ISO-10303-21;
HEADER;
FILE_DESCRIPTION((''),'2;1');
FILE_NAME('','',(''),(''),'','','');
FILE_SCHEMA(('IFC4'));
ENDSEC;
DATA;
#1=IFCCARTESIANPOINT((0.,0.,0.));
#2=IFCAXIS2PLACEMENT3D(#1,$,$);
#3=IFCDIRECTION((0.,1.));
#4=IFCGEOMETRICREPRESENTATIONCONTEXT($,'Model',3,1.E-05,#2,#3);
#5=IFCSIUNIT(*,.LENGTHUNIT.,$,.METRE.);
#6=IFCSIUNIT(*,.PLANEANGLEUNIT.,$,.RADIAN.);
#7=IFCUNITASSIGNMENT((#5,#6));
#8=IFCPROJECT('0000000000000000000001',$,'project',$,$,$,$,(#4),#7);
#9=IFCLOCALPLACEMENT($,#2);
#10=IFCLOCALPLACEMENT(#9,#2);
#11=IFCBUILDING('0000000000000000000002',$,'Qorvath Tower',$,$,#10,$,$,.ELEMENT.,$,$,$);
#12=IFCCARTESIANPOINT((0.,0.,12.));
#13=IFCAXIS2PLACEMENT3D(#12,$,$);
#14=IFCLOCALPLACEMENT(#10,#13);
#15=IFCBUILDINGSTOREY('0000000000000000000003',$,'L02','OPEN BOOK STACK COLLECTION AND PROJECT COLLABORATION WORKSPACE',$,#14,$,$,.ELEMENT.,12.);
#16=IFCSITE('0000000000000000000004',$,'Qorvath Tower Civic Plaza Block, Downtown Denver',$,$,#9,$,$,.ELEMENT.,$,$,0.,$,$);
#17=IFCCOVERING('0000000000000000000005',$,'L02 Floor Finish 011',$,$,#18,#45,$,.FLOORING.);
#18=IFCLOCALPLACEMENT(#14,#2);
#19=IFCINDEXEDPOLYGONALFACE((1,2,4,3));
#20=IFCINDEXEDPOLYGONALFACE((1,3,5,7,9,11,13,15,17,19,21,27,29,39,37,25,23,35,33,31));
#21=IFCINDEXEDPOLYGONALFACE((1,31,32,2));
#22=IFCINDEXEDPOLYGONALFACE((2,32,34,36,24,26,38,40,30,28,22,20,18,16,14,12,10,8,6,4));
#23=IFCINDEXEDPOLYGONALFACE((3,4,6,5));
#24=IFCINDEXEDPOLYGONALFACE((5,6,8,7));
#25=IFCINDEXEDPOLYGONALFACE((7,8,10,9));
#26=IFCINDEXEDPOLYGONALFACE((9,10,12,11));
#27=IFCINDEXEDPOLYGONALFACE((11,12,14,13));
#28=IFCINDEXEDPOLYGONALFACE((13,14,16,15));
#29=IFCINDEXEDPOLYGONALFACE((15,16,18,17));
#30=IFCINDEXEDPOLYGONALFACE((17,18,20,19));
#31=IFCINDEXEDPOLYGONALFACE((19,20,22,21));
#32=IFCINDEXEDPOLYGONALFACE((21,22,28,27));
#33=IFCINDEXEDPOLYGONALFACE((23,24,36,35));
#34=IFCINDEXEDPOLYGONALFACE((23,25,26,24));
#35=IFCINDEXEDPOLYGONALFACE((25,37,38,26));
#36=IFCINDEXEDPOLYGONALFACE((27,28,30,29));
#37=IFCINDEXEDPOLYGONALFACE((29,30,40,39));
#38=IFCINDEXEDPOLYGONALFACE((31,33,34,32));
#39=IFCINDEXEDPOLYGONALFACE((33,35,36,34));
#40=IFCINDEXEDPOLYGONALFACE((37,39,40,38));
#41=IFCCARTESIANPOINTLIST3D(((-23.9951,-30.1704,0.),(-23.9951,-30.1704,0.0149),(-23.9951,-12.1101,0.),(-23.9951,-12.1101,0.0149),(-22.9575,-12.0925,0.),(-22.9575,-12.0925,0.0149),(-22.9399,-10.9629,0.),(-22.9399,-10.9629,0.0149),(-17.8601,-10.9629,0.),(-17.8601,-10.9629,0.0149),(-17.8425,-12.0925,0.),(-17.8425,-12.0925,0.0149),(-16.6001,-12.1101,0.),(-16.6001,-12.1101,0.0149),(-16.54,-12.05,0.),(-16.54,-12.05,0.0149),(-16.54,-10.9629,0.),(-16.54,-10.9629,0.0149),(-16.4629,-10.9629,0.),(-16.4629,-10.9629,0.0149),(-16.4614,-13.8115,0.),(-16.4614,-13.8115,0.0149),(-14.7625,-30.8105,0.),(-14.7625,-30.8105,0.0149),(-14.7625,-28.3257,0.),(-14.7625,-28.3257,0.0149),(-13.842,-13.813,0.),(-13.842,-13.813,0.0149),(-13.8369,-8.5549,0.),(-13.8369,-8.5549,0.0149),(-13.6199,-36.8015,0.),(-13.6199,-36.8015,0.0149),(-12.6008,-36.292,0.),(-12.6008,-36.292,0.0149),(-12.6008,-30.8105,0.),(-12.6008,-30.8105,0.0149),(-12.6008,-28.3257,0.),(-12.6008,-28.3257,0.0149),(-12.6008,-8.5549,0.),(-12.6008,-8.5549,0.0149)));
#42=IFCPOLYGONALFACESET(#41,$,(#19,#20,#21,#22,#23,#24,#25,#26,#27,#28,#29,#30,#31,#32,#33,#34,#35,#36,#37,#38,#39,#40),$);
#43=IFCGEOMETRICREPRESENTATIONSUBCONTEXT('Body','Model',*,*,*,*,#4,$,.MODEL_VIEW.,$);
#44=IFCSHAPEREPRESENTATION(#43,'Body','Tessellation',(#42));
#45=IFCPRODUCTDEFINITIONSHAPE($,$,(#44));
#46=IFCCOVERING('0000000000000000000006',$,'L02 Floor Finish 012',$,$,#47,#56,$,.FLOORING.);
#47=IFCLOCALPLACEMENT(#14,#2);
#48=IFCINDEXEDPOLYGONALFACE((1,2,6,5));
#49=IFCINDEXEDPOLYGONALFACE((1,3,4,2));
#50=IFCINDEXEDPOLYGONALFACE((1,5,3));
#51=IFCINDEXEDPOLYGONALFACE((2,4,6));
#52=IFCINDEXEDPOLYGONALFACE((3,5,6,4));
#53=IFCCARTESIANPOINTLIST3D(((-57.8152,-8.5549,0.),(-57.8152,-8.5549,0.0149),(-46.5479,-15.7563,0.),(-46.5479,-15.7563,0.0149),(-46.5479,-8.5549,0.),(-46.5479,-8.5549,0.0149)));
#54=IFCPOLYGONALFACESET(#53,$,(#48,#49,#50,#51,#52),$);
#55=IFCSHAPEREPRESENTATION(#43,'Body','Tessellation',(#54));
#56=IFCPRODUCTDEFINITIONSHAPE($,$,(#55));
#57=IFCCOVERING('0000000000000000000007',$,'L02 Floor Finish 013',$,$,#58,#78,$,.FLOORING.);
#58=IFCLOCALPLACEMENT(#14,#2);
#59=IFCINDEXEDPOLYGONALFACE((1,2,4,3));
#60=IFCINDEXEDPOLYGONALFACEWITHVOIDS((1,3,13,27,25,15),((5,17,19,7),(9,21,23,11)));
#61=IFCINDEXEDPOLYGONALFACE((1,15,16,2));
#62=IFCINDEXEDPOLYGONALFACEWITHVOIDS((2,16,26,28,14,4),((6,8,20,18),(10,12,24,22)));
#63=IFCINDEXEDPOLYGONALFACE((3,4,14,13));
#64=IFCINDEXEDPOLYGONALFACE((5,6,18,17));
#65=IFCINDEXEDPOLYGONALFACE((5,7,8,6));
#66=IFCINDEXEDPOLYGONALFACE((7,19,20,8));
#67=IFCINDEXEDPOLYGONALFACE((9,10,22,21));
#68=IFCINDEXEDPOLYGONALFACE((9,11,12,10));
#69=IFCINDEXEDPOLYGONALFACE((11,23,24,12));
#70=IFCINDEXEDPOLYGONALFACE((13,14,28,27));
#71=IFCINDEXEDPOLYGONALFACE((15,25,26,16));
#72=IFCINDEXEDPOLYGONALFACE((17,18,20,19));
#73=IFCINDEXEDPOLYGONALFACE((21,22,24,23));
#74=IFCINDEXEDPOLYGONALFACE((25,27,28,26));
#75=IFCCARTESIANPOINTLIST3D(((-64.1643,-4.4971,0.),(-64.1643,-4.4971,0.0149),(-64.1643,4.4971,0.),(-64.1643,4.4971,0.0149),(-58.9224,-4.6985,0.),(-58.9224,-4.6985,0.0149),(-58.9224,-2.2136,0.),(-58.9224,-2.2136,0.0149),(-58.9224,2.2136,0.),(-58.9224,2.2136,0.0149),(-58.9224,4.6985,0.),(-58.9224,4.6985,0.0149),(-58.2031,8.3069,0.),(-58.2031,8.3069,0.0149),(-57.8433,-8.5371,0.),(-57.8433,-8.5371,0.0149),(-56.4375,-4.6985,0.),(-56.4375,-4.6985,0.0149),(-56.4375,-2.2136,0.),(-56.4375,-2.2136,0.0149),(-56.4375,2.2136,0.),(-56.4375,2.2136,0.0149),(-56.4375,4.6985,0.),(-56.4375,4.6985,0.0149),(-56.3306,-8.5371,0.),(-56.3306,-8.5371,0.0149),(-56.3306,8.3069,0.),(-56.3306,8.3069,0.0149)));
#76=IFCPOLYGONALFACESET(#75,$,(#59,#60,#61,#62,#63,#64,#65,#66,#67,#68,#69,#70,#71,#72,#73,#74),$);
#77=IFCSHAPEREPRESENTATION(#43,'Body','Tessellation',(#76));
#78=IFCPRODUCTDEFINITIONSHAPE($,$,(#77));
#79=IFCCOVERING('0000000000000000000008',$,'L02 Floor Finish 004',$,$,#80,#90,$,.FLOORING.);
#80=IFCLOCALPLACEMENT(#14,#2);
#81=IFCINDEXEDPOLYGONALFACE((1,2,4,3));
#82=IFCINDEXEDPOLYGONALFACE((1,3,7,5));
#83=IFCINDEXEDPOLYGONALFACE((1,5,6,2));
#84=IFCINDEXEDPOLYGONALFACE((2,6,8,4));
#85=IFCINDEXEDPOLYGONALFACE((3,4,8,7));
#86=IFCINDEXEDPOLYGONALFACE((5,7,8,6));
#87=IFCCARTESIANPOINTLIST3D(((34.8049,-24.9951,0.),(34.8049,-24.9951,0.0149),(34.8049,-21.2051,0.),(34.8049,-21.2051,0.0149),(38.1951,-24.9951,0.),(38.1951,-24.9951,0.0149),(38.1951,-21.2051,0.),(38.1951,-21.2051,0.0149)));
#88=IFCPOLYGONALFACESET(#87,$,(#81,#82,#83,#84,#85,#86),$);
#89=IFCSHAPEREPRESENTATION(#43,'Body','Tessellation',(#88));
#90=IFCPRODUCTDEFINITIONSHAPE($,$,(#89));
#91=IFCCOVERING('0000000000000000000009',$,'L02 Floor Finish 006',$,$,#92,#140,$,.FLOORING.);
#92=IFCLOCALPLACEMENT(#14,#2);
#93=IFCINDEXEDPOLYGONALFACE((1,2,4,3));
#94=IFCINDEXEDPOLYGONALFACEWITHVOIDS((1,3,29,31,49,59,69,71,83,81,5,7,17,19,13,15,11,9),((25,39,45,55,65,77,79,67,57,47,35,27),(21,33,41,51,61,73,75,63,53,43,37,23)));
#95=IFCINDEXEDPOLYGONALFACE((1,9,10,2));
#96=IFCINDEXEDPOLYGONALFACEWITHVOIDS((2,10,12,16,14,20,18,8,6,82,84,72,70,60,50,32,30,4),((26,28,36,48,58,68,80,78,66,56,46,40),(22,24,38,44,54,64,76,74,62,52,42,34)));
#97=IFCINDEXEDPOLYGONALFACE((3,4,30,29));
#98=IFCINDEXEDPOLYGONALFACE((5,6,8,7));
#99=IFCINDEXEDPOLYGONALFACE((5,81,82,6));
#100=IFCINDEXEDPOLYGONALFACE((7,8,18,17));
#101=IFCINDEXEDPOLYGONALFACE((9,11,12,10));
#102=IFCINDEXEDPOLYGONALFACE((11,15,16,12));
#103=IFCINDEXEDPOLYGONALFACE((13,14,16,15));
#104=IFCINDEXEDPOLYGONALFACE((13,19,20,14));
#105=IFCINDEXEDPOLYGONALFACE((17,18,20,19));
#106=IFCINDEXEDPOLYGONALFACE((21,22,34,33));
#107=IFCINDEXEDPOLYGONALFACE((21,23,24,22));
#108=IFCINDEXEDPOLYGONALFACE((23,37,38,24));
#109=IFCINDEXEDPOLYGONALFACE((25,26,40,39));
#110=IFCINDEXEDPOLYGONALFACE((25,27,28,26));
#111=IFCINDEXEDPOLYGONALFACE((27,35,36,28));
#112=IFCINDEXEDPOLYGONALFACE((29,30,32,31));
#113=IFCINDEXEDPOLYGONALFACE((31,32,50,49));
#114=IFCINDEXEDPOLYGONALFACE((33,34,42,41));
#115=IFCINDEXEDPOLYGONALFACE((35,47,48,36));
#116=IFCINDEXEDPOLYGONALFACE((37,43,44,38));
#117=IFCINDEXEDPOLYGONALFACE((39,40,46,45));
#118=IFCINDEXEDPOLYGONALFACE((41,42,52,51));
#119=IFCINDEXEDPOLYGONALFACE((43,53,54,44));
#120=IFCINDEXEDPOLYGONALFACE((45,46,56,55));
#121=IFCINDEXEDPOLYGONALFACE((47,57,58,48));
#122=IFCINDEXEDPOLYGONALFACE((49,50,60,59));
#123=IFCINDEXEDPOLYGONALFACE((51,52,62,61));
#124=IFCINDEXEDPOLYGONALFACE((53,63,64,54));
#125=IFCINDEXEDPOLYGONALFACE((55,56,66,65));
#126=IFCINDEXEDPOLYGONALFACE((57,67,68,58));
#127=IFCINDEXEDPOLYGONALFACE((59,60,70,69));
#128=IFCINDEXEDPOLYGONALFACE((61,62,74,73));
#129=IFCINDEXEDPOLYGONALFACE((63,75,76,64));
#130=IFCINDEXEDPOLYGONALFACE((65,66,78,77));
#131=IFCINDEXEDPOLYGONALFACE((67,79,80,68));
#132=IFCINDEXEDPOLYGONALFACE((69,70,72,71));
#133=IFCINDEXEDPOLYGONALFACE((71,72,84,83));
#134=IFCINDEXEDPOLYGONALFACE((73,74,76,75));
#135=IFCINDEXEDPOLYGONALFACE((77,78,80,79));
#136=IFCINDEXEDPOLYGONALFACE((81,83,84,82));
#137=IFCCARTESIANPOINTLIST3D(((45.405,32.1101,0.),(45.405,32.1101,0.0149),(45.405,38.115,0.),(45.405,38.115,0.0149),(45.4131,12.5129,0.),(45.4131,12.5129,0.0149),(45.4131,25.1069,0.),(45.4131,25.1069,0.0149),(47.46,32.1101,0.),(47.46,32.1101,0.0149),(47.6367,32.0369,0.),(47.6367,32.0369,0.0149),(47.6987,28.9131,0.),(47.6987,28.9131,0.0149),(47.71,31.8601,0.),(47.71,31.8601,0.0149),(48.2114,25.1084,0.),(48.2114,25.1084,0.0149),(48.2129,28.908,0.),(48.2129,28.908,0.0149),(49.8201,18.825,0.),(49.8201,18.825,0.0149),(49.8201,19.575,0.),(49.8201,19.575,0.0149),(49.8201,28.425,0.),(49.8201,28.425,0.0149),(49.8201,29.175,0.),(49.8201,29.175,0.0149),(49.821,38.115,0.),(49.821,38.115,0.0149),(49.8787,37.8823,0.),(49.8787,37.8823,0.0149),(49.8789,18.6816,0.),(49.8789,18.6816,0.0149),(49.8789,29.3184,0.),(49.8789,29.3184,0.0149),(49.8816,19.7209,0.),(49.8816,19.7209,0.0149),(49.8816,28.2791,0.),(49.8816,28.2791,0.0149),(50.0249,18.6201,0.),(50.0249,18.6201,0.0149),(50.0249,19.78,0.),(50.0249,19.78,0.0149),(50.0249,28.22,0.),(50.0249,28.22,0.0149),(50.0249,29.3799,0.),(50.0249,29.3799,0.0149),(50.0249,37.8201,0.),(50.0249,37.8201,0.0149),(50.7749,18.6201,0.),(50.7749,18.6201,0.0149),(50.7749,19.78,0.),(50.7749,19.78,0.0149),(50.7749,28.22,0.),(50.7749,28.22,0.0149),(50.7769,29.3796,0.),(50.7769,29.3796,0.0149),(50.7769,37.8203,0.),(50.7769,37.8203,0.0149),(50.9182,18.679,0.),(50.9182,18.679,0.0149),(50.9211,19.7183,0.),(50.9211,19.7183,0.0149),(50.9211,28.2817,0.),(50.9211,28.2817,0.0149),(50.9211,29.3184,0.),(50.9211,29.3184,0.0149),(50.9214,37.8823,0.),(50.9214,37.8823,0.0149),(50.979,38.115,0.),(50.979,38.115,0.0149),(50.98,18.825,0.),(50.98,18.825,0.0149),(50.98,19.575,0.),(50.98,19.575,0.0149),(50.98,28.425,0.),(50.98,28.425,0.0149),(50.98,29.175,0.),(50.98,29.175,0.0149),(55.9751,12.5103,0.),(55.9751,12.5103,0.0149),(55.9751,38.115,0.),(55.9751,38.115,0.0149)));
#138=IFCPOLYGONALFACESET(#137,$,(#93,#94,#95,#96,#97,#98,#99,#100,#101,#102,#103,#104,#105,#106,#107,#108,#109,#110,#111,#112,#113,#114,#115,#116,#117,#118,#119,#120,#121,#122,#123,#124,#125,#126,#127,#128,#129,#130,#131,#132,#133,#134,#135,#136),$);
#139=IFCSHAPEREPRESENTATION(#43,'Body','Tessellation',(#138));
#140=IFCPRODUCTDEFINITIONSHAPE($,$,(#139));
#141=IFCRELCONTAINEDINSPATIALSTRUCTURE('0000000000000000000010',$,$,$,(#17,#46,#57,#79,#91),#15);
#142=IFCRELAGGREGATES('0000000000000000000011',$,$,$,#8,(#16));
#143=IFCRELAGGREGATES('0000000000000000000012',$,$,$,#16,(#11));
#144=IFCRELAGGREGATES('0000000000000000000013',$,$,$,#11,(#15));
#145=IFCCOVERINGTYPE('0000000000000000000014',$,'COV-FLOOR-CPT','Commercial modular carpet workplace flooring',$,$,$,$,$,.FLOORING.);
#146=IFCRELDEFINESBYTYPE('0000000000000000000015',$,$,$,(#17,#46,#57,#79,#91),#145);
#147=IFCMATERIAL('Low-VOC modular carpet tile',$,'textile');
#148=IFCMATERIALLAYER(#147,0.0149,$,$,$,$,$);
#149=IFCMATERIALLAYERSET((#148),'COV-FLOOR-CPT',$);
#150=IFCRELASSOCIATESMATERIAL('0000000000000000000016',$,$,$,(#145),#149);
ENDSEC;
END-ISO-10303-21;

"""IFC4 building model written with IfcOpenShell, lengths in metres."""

from ifc_helpers import new_model, si_unit, direction, frame, origin, place, context, subcontext, project, spatial, polyline, outline, extrude, material, layer, layer_set, type_object, element, save


model = new_model("IFC4")

# Units and contexts
model_context = context("Model", 3, precision=1e-05, world=origin(), true_north=direction((0.0, 1.0)))
body_context = subcontext(model_context, "Body", "Model", "MODEL_VIEW")
ifc_project = project(units=[si_unit("LENGTHUNIT", "METRE"), si_unit("PLANEANGLEUNIT", "RADIAN")], contexts=[model_context])

# Site, building, storey
site_placement = place(None, origin())
site = spatial("IfcSite", under=ifc_project, at=site_placement, Name="Qorvath Tower Civic Plaza Block, Downtown Denver", CompositionType="ELEMENT", RefElevation=0.0)
building_placement = place(site_placement, origin())
building = spatial("IfcBuilding", under=site, at=building_placement, Name="Qorvath Tower", CompositionType="ELEMENT")
storey_placement = place(building_placement, frame((0.0, 0.0, 12.0)))
storey = spatial("IfcBuildingStorey", under=building, at=storey_placement, Name="L02", Description="OPEN BOOK STACK COLLECTION AND PROJECT COLLABORATION WORKSPACE", CompositionType="ELEMENT", Elevation=12.0)

# Coverings
ifc_material_1 = material(Name="Low-VOC modular carpet tile", Category="textile")
ifc_layer_1 = layer(ifc_material_1, 0.0149)
ifc_layer_set_1 = layer_set([ifc_layer_1], Name="COV-FLOOR-CPT")
covering_type_1 = type_object("IfcCoveringType", Name="COV-FLOOR-CPT", Description="Commercial modular carpet workplace flooring", PredefinedType="FLOORING", material=ifc_layer_set_1)
covering_1_placement = place(storey_placement, origin())
element("IfcCovering", 1, at=covering_1_placement, inside=storey, type_object=covering_type_1, Name="L02 Floor Finish 011", PredefinedType="FLOORING", context=body_context, shape_type="SweptSolid", body=[
    extrude(outline(polyline([(-12.6008, -36.292), (-12.6008, -30.8105), (-14.7625, -30.8105), (-14.7625, -28.3257), (-12.6008, -28.3257), (-12.6008, -8.5549), (-13.8369, -8.5549), (-13.842, -13.813), (-16.4614, -13.8115), (-16.4629, -10.9629), (-16.54, -10.9629), (-16.54, -12.05), (-16.6001, -12.1101), (-17.8425, -12.0925), (-17.8601, -10.9629), (-22.9399, -10.9629), (-22.9575, -12.0925), (-23.9951, -12.1101), (-23.9951, -30.1704), (-13.6199, -36.8015), (-12.6008, -36.292)])), origin(), (0.0, 0.0, 1.0), 0.0149),
])
covering_2_placement = place(storey_placement, origin())
element("IfcCovering", 2, at=covering_2_placement, inside=storey, type_object=covering_type_1, Name="L02 Floor Finish 012", PredefinedType="FLOORING", context=body_context, shape_type="SweptSolid", body=[
    extrude(outline(polyline([(-57.8152, -8.5549), (-46.5479, -15.7563), (-46.5479, -8.5549), (-57.8152, -8.5549)])), origin(), (0.0, 0.0, 1.0), 0.0149),
])
covering_3_placement = place(storey_placement, origin())
element("IfcCovering", 3, at=covering_3_placement, inside=storey, type_object=covering_type_1, Name="L02 Floor Finish 013", PredefinedType="FLOORING", context=body_context, shape_type="SweptSolid", body=[
    extrude(outline(polyline([(-56.3306, -8.5371), (-56.3306, 8.3069), (-58.2031, 8.3069), (-64.1643, 4.4971), (-64.1643, -4.4971), (-57.8433, -8.5371), (-56.3306, -8.5371)]), holes=[polyline([(-58.9224, -2.2136), (-56.4375, -2.2136), (-56.4375, -4.6985), (-58.9224, -4.6985), (-58.9224, -2.2136)]), polyline([(-58.9224, 4.6985), (-56.4375, 4.6985), (-56.4375, 2.2136), (-58.9224, 2.2136), (-58.9224, 4.6985)])]), origin(), (0.0, 0.0, 1.0), 0.0149),
])
covering_4_placement = place(storey_placement, origin())
element("IfcCovering", 4, at=covering_4_placement, inside=storey, type_object=covering_type_1, Name="L02 Floor Finish 004", PredefinedType="FLOORING", context=body_context, shape_type="SweptSolid", body=[
    extrude(outline(polyline([(38.1951, -21.2051), (34.8049, -21.2051), (34.8049, -24.9951), (38.1951, -24.9951), (38.1951, -21.2051)])), origin(), (0.0, 0.0, 1.0), 0.0149),
])
covering_5_placement = place(storey_placement, origin())
element("IfcCovering", 5, at=covering_5_placement, inside=storey, type_object=covering_type_1, Name="L02 Floor Finish 006", PredefinedType="FLOORING", context=body_context, shape_type="SweptSolid", body=[
    extrude(outline(polyline([(45.405, 38.115), (45.405, 32.1101), (47.46, 32.1101), (47.6367, 32.0369), (47.71, 31.8601), (47.6987, 28.9131), (48.2129, 28.908), (48.2114, 25.1084), (45.4131, 25.1069), (45.4131, 12.5129), (55.9751, 12.5103), (55.9751, 38.115), (50.979, 38.115), (50.9214, 37.8823), (50.7769, 37.8203), (50.0249, 37.8201), (49.8787, 37.8823), (49.821, 38.115), (45.405, 38.115)]), holes=[polyline([(50.7769, 29.3796), (50.9211, 29.3184), (50.98, 29.175), (50.98, 28.425), (50.9211, 28.2817), (50.7749, 28.22), (50.0249, 28.22), (49.8816, 28.2791), (49.8201, 28.425), (49.8201, 29.175), (49.8789, 29.3184), (50.0249, 29.3799), (50.7769, 29.3796)]), polyline([(50.9211, 19.7183), (50.98, 19.575), (50.98, 18.825), (50.9182, 18.679), (50.7749, 18.6201), (50.0249, 18.6201), (49.8789, 18.6816), (49.8201, 18.825), (49.8201, 19.575), (49.8816, 19.7209), (50.0249, 19.78), (50.7749, 19.78), (50.9211, 19.7183)])]), origin(), (0.0, 0.0, 1.0), 0.0149),
])

save(model, "model.ifc")
